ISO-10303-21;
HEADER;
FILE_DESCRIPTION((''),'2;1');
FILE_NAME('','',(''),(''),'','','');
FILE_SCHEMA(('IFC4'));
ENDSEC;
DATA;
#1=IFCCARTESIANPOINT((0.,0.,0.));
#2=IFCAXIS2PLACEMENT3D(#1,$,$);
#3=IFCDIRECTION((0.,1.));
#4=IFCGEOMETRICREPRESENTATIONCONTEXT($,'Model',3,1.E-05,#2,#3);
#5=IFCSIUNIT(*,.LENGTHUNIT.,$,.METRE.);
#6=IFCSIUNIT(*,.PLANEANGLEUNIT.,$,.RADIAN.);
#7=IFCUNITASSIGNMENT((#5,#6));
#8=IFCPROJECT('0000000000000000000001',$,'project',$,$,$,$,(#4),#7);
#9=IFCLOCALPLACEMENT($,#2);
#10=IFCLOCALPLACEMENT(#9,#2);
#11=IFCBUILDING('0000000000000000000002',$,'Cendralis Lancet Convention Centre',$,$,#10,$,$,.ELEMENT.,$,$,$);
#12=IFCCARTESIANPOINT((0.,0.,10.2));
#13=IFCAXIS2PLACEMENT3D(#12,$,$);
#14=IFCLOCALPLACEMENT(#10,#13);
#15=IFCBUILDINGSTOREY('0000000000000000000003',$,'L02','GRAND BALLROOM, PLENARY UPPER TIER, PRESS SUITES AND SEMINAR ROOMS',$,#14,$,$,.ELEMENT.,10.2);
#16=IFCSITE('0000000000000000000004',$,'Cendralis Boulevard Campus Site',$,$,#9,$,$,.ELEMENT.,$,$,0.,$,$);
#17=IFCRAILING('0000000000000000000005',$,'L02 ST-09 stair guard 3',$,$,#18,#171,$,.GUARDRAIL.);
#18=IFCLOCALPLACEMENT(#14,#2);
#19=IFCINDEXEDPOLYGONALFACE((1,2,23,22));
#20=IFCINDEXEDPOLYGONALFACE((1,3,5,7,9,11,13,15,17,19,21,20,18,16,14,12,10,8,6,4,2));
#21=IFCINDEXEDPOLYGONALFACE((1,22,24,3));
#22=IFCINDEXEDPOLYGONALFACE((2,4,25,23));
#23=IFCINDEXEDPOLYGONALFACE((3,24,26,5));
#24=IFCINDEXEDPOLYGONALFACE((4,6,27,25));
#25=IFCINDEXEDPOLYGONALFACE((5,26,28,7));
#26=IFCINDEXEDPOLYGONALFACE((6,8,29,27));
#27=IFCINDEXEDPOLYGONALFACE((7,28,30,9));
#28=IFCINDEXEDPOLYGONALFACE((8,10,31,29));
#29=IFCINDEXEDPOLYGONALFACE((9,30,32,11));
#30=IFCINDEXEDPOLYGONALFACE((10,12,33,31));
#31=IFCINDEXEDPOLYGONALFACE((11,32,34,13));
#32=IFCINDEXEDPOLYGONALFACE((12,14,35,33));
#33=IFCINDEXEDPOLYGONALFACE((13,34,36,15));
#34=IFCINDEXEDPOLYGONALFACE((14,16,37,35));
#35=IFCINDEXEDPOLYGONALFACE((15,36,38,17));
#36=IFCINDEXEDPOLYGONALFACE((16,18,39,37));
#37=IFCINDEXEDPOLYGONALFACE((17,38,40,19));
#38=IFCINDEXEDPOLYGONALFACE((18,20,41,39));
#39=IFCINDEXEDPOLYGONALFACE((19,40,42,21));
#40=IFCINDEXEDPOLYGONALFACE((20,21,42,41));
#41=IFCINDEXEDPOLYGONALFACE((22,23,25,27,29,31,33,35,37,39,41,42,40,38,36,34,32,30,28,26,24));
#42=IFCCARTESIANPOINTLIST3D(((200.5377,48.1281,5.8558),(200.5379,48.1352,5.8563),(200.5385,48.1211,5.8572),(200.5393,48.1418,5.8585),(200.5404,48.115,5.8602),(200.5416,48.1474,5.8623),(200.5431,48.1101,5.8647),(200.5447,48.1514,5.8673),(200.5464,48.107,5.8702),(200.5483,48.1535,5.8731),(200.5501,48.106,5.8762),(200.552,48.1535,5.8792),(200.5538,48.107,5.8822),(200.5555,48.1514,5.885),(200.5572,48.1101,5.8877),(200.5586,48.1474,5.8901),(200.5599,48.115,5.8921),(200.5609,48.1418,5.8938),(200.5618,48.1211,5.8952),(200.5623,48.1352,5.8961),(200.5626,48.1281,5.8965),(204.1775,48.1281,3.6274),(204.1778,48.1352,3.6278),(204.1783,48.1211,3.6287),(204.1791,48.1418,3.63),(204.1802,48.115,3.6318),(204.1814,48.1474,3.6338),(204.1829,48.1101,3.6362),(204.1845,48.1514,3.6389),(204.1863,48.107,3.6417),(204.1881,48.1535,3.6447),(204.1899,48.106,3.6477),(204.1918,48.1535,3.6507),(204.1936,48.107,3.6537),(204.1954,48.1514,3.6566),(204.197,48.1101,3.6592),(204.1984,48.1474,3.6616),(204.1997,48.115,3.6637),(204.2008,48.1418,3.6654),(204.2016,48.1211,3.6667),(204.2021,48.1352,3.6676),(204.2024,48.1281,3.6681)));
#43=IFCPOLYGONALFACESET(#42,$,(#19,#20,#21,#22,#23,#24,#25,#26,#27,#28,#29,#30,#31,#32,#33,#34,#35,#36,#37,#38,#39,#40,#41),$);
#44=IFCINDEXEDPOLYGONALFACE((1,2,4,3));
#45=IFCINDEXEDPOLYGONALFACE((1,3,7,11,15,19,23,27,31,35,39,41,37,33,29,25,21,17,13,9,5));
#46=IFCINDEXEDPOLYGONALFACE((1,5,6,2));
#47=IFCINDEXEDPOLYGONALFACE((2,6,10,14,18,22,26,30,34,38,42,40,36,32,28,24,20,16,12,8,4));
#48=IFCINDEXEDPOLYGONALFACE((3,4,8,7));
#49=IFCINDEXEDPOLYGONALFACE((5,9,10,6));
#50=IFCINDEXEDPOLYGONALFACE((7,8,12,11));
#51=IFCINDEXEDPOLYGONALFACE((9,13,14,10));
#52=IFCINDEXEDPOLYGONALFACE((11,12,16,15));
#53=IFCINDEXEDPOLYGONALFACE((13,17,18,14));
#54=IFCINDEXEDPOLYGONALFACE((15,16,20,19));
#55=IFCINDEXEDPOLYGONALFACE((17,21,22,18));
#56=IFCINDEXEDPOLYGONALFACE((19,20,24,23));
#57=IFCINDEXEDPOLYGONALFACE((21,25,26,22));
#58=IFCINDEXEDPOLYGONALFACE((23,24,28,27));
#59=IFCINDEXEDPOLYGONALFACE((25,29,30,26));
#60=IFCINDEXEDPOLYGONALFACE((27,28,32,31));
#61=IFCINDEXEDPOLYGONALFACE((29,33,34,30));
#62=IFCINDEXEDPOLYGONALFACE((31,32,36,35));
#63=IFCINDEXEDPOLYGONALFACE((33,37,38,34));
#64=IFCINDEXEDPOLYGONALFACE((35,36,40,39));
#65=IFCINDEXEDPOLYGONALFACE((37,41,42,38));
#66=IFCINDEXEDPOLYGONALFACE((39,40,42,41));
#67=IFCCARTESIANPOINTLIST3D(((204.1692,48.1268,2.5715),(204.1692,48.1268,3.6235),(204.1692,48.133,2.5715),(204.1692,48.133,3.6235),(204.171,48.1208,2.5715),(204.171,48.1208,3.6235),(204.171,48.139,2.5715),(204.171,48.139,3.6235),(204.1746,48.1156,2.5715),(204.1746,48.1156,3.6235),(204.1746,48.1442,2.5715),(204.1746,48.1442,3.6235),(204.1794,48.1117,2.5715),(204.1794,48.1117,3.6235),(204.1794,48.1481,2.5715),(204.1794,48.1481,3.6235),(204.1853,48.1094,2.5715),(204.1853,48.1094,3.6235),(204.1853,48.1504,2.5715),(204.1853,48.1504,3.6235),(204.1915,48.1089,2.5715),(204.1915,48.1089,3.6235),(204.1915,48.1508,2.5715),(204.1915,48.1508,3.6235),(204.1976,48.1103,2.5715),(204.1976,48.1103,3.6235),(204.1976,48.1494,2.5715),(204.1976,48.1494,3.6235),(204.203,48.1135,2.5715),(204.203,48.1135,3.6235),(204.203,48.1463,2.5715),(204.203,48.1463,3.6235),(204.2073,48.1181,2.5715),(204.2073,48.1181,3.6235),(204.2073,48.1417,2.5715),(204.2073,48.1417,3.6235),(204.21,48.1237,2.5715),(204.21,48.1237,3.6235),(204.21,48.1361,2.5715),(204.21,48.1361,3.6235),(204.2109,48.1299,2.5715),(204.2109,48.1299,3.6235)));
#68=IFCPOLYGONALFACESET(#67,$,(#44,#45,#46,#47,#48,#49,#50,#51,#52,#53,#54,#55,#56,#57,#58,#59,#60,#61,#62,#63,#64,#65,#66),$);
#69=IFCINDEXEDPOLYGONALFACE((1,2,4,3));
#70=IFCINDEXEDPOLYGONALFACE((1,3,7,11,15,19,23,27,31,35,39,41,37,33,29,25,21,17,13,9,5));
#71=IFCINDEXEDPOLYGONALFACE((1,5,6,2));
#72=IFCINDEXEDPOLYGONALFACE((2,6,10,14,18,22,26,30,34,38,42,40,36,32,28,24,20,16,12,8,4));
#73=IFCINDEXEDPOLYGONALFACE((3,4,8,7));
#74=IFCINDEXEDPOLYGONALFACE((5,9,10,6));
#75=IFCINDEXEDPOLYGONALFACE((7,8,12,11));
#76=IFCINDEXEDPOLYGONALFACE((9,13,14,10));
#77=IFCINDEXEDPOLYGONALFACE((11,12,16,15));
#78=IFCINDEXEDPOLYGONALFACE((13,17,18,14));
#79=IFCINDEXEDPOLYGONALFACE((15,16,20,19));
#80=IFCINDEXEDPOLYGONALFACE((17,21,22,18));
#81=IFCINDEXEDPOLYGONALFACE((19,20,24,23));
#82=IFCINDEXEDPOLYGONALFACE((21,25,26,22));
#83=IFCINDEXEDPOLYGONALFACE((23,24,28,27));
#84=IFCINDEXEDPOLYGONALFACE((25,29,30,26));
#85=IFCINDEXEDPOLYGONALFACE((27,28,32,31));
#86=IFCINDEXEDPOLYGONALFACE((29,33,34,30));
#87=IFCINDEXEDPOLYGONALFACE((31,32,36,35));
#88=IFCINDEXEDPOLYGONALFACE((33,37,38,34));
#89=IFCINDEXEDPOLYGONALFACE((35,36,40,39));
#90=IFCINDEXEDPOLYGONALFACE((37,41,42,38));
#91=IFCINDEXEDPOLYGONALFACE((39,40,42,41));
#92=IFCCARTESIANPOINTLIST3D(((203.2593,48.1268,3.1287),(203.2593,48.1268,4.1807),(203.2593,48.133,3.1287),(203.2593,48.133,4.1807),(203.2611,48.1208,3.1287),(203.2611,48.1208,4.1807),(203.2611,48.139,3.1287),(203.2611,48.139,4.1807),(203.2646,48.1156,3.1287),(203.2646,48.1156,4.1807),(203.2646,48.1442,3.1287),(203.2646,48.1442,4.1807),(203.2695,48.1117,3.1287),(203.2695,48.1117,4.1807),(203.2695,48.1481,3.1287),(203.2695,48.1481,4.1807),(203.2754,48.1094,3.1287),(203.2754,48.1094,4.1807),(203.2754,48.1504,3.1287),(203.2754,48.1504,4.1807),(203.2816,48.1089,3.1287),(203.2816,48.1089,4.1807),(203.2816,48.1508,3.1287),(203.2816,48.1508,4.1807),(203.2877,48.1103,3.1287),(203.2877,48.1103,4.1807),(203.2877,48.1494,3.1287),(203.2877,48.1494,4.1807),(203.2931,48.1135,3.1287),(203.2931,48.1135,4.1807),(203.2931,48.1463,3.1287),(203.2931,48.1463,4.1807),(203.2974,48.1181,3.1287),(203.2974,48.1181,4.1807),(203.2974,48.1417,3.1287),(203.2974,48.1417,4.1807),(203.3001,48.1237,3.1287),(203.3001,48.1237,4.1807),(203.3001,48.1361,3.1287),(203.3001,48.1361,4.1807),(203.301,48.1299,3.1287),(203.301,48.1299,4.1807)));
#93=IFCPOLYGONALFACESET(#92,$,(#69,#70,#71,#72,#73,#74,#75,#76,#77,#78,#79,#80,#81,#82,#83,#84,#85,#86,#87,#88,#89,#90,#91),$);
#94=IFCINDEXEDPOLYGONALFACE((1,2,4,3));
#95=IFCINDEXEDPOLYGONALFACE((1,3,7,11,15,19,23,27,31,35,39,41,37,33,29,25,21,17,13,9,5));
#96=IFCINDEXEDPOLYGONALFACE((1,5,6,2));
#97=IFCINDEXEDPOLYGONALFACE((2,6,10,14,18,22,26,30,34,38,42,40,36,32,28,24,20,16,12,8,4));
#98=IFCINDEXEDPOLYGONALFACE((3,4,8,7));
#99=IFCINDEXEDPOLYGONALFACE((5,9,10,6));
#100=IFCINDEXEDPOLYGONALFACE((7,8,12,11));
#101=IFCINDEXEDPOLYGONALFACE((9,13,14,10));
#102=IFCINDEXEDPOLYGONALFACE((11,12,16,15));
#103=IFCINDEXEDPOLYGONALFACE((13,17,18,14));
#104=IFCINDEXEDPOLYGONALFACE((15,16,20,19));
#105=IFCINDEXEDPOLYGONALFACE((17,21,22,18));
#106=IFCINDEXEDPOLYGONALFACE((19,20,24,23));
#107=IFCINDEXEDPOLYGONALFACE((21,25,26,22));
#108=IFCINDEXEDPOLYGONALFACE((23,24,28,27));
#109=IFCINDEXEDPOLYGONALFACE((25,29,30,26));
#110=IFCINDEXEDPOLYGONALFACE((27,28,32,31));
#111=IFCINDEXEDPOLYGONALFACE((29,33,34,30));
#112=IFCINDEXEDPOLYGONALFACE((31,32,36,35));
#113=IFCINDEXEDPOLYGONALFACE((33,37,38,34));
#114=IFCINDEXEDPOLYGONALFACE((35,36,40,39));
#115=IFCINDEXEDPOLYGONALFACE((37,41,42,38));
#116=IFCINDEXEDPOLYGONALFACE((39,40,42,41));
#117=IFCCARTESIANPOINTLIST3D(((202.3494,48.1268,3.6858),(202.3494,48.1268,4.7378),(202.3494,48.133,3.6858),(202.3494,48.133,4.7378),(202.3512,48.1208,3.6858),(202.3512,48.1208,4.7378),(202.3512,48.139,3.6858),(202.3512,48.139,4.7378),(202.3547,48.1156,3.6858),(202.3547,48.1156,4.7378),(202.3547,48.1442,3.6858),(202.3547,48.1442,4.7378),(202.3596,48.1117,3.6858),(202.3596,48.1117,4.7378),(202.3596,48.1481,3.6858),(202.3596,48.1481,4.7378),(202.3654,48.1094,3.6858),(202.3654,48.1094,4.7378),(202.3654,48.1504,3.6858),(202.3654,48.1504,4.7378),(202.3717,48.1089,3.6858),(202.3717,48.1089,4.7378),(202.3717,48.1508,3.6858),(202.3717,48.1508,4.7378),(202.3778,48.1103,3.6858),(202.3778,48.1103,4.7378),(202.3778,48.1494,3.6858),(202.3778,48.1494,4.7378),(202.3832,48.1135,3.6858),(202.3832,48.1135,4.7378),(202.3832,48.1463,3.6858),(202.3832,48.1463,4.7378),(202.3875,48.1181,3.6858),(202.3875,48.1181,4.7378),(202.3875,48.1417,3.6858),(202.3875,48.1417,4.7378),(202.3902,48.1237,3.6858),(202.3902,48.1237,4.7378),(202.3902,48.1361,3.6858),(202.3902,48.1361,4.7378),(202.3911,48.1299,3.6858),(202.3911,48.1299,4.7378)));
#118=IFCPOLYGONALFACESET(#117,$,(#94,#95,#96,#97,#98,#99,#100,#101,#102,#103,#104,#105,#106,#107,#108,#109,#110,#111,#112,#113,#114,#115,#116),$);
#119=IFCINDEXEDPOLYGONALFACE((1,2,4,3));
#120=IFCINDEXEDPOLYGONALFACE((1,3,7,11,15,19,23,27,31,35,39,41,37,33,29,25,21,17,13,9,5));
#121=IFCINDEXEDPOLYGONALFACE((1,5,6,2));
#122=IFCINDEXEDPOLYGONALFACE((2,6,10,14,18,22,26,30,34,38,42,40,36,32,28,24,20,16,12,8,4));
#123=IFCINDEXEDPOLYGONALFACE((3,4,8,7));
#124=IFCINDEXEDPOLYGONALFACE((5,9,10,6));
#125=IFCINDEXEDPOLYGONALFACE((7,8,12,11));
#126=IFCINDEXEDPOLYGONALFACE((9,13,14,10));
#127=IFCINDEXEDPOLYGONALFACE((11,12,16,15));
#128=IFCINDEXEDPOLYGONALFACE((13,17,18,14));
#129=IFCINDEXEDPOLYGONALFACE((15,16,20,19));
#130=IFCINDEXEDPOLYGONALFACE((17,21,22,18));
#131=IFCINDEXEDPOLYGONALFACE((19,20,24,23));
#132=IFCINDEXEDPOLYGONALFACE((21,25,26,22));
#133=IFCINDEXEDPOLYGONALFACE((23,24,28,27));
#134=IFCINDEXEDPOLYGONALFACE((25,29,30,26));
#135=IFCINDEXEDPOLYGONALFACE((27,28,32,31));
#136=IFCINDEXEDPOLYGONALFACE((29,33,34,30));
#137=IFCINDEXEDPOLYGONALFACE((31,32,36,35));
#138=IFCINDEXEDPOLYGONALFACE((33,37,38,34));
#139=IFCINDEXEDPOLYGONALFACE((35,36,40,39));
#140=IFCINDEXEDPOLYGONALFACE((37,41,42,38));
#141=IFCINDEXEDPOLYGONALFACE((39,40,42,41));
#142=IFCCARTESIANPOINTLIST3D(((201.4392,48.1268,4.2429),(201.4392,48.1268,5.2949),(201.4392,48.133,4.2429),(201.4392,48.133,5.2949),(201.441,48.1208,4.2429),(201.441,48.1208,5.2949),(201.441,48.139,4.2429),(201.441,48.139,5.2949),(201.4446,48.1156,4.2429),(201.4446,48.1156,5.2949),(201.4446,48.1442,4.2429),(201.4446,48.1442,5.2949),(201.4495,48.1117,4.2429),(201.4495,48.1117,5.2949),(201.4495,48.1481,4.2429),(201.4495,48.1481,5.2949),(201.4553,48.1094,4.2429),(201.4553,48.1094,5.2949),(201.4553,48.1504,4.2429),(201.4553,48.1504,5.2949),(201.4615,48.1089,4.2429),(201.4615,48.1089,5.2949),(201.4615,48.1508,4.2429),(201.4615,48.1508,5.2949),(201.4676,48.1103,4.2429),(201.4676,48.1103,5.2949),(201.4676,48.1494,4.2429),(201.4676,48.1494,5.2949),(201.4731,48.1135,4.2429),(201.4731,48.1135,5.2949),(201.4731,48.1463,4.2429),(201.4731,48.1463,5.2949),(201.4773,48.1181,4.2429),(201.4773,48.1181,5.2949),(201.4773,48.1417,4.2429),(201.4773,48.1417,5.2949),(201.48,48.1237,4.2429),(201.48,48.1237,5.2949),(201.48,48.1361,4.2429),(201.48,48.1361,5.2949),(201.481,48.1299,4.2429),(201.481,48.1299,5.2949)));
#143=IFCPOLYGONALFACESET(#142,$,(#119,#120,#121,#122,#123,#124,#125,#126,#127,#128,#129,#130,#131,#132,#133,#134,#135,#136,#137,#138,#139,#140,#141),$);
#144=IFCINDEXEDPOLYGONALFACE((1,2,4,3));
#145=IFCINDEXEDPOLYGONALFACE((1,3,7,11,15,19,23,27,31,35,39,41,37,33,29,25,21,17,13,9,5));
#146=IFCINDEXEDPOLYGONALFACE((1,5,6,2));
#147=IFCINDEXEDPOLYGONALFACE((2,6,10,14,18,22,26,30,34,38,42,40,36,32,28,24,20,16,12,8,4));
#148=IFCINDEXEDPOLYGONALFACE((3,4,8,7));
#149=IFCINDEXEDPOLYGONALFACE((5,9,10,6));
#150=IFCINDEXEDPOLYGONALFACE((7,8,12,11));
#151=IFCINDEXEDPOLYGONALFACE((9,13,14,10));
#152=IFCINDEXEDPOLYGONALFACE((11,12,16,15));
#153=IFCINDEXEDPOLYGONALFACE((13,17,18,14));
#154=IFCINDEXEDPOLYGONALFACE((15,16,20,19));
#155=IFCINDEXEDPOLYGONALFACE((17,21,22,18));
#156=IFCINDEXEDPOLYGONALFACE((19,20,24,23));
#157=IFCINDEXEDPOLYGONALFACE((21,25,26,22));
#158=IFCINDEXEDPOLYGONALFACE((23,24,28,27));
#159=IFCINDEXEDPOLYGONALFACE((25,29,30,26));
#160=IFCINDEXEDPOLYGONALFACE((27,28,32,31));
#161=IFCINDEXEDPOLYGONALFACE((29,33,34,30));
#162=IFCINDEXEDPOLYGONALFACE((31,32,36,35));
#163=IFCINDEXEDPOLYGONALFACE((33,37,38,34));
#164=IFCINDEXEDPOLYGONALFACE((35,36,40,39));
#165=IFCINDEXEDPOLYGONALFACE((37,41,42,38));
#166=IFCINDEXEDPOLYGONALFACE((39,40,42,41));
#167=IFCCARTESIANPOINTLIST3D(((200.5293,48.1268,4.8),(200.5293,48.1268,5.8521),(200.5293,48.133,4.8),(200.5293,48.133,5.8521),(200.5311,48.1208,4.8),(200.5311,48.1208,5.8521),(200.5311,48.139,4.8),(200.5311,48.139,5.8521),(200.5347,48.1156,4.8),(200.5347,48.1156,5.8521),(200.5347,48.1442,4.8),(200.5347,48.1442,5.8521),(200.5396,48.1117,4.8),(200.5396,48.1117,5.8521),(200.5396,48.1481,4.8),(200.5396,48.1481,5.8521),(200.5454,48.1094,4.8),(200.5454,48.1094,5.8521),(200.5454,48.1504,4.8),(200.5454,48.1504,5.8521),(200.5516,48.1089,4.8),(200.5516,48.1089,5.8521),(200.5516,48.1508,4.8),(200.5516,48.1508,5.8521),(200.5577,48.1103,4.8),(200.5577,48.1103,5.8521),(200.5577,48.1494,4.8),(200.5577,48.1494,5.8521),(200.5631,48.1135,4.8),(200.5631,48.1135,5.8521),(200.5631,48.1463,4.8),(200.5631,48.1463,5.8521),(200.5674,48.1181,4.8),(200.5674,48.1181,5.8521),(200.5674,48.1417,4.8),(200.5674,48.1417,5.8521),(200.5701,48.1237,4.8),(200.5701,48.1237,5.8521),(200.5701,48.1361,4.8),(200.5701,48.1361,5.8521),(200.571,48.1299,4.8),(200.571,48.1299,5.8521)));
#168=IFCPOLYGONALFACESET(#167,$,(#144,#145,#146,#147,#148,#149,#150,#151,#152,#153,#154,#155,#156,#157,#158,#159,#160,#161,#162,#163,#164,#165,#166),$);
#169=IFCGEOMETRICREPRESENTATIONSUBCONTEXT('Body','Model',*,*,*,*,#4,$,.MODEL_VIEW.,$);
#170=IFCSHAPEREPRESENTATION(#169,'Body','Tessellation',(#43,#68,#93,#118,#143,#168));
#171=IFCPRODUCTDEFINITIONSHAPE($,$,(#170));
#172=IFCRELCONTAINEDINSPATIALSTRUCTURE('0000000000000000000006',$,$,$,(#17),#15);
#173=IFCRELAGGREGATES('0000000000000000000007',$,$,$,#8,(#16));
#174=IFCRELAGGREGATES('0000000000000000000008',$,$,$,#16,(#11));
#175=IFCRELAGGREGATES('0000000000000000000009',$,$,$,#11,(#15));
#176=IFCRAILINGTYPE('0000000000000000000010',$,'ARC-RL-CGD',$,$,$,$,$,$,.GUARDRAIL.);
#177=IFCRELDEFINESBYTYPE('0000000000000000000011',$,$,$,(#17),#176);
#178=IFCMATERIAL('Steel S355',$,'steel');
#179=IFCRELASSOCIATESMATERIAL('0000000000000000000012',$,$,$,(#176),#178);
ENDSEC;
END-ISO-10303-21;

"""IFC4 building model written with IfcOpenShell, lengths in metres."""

from ifc_helpers import new_model, si_unit, direction, frame, origin, origin_2d, place, context, subcontext, project, spatial, circle, extrude, material, type_object, element, save


model = new_model("IFC4")

# Units and contexts
model_context = context("Model", 3, precision=1e-05, world=origin(), true_north=direction((0.0, 1.0)))
body_context = subcontext(model_context, "Body", "Model", "MODEL_VIEW")
ifc_project = project(units=[si_unit("LENGTHUNIT", "METRE"), si_unit("PLANEANGLEUNIT", "RADIAN")], contexts=[model_context])

# Site, building, storey
site_placement = place(None, origin())
site = spatial("IfcSite", under=ifc_project, at=site_placement, Name="Cendralis Boulevard Campus Site", CompositionType="ELEMENT", RefElevation=0.0)
building_placement = place(site_placement, origin())
building = spatial("IfcBuilding", under=site, at=building_placement, Name="Cendralis Lancet Convention Centre", CompositionType="ELEMENT")
storey_placement = place(building_placement, frame((0.0, 0.0, 10.2)))
storey = spatial("IfcBuildingStorey", under=building, at=storey_placement, Name="L02", Description="GRAND BALLROOM, PLENARY UPPER TIER, PRESS SUITES AND SEMINAR ROOMS", CompositionType="ELEMENT", Elevation=10.2)

# Railing
ifc_material_1 = material(Name="Steel S355", Category="steel")
railing_type_1 = type_object("IfcRailingType", Name="ARC-RL-CGD", PredefinedType="GUARDRAIL", material=ifc_material_1)
railing_1_placement = place(storey_placement, frame((204.1899, 48.1299, 2.5715)))
element("IfcRailing", 1, at=railing_1_placement, inside=storey, type_object=railing_type_1, Name="L02 ST-09 stair guard 3", PredefinedType="GUARDRAIL", context=body_context, shape_type="SweptSolid", body=[
    extrude(circle(Radius=0.0239, at=origin_2d()), frame((0.0, 0.0, 1.0762), z_axis=(-0.85285, 0.0, 0.522156), x_axis=(0.0, -1.0, 0.0)), (0.0, 0.0, 1.0), 4.2678),
    extrude(circle(Radius=0.021, at=origin_2d()), origin(), (0.0, 0.0, 1.0), 1.052),
    extrude(circle(Radius=0.021, at=origin_2d()), frame((-0.9099, 0.0, 0.5571)), (0.0, 0.0, 1.0), 1.052),
    extrude(circle(Radius=0.021, at=origin_2d()), frame((-1.8198, 0.0, 1.1143)), (0.0, 0.0, 1.0), 1.052),
    extrude(circle(Radius=0.021, at=origin_2d()), frame((-2.73, 0.0, 1.6714)), (0.0, 0.0, 1.0), 1.052),
    extrude(circle(Radius=0.021, at=origin_2d()), frame((-3.6399, 0.0, 2.2285)), (0.0, 0.0, 1.0), 1.052),
])

save(model, "model.ifc")
